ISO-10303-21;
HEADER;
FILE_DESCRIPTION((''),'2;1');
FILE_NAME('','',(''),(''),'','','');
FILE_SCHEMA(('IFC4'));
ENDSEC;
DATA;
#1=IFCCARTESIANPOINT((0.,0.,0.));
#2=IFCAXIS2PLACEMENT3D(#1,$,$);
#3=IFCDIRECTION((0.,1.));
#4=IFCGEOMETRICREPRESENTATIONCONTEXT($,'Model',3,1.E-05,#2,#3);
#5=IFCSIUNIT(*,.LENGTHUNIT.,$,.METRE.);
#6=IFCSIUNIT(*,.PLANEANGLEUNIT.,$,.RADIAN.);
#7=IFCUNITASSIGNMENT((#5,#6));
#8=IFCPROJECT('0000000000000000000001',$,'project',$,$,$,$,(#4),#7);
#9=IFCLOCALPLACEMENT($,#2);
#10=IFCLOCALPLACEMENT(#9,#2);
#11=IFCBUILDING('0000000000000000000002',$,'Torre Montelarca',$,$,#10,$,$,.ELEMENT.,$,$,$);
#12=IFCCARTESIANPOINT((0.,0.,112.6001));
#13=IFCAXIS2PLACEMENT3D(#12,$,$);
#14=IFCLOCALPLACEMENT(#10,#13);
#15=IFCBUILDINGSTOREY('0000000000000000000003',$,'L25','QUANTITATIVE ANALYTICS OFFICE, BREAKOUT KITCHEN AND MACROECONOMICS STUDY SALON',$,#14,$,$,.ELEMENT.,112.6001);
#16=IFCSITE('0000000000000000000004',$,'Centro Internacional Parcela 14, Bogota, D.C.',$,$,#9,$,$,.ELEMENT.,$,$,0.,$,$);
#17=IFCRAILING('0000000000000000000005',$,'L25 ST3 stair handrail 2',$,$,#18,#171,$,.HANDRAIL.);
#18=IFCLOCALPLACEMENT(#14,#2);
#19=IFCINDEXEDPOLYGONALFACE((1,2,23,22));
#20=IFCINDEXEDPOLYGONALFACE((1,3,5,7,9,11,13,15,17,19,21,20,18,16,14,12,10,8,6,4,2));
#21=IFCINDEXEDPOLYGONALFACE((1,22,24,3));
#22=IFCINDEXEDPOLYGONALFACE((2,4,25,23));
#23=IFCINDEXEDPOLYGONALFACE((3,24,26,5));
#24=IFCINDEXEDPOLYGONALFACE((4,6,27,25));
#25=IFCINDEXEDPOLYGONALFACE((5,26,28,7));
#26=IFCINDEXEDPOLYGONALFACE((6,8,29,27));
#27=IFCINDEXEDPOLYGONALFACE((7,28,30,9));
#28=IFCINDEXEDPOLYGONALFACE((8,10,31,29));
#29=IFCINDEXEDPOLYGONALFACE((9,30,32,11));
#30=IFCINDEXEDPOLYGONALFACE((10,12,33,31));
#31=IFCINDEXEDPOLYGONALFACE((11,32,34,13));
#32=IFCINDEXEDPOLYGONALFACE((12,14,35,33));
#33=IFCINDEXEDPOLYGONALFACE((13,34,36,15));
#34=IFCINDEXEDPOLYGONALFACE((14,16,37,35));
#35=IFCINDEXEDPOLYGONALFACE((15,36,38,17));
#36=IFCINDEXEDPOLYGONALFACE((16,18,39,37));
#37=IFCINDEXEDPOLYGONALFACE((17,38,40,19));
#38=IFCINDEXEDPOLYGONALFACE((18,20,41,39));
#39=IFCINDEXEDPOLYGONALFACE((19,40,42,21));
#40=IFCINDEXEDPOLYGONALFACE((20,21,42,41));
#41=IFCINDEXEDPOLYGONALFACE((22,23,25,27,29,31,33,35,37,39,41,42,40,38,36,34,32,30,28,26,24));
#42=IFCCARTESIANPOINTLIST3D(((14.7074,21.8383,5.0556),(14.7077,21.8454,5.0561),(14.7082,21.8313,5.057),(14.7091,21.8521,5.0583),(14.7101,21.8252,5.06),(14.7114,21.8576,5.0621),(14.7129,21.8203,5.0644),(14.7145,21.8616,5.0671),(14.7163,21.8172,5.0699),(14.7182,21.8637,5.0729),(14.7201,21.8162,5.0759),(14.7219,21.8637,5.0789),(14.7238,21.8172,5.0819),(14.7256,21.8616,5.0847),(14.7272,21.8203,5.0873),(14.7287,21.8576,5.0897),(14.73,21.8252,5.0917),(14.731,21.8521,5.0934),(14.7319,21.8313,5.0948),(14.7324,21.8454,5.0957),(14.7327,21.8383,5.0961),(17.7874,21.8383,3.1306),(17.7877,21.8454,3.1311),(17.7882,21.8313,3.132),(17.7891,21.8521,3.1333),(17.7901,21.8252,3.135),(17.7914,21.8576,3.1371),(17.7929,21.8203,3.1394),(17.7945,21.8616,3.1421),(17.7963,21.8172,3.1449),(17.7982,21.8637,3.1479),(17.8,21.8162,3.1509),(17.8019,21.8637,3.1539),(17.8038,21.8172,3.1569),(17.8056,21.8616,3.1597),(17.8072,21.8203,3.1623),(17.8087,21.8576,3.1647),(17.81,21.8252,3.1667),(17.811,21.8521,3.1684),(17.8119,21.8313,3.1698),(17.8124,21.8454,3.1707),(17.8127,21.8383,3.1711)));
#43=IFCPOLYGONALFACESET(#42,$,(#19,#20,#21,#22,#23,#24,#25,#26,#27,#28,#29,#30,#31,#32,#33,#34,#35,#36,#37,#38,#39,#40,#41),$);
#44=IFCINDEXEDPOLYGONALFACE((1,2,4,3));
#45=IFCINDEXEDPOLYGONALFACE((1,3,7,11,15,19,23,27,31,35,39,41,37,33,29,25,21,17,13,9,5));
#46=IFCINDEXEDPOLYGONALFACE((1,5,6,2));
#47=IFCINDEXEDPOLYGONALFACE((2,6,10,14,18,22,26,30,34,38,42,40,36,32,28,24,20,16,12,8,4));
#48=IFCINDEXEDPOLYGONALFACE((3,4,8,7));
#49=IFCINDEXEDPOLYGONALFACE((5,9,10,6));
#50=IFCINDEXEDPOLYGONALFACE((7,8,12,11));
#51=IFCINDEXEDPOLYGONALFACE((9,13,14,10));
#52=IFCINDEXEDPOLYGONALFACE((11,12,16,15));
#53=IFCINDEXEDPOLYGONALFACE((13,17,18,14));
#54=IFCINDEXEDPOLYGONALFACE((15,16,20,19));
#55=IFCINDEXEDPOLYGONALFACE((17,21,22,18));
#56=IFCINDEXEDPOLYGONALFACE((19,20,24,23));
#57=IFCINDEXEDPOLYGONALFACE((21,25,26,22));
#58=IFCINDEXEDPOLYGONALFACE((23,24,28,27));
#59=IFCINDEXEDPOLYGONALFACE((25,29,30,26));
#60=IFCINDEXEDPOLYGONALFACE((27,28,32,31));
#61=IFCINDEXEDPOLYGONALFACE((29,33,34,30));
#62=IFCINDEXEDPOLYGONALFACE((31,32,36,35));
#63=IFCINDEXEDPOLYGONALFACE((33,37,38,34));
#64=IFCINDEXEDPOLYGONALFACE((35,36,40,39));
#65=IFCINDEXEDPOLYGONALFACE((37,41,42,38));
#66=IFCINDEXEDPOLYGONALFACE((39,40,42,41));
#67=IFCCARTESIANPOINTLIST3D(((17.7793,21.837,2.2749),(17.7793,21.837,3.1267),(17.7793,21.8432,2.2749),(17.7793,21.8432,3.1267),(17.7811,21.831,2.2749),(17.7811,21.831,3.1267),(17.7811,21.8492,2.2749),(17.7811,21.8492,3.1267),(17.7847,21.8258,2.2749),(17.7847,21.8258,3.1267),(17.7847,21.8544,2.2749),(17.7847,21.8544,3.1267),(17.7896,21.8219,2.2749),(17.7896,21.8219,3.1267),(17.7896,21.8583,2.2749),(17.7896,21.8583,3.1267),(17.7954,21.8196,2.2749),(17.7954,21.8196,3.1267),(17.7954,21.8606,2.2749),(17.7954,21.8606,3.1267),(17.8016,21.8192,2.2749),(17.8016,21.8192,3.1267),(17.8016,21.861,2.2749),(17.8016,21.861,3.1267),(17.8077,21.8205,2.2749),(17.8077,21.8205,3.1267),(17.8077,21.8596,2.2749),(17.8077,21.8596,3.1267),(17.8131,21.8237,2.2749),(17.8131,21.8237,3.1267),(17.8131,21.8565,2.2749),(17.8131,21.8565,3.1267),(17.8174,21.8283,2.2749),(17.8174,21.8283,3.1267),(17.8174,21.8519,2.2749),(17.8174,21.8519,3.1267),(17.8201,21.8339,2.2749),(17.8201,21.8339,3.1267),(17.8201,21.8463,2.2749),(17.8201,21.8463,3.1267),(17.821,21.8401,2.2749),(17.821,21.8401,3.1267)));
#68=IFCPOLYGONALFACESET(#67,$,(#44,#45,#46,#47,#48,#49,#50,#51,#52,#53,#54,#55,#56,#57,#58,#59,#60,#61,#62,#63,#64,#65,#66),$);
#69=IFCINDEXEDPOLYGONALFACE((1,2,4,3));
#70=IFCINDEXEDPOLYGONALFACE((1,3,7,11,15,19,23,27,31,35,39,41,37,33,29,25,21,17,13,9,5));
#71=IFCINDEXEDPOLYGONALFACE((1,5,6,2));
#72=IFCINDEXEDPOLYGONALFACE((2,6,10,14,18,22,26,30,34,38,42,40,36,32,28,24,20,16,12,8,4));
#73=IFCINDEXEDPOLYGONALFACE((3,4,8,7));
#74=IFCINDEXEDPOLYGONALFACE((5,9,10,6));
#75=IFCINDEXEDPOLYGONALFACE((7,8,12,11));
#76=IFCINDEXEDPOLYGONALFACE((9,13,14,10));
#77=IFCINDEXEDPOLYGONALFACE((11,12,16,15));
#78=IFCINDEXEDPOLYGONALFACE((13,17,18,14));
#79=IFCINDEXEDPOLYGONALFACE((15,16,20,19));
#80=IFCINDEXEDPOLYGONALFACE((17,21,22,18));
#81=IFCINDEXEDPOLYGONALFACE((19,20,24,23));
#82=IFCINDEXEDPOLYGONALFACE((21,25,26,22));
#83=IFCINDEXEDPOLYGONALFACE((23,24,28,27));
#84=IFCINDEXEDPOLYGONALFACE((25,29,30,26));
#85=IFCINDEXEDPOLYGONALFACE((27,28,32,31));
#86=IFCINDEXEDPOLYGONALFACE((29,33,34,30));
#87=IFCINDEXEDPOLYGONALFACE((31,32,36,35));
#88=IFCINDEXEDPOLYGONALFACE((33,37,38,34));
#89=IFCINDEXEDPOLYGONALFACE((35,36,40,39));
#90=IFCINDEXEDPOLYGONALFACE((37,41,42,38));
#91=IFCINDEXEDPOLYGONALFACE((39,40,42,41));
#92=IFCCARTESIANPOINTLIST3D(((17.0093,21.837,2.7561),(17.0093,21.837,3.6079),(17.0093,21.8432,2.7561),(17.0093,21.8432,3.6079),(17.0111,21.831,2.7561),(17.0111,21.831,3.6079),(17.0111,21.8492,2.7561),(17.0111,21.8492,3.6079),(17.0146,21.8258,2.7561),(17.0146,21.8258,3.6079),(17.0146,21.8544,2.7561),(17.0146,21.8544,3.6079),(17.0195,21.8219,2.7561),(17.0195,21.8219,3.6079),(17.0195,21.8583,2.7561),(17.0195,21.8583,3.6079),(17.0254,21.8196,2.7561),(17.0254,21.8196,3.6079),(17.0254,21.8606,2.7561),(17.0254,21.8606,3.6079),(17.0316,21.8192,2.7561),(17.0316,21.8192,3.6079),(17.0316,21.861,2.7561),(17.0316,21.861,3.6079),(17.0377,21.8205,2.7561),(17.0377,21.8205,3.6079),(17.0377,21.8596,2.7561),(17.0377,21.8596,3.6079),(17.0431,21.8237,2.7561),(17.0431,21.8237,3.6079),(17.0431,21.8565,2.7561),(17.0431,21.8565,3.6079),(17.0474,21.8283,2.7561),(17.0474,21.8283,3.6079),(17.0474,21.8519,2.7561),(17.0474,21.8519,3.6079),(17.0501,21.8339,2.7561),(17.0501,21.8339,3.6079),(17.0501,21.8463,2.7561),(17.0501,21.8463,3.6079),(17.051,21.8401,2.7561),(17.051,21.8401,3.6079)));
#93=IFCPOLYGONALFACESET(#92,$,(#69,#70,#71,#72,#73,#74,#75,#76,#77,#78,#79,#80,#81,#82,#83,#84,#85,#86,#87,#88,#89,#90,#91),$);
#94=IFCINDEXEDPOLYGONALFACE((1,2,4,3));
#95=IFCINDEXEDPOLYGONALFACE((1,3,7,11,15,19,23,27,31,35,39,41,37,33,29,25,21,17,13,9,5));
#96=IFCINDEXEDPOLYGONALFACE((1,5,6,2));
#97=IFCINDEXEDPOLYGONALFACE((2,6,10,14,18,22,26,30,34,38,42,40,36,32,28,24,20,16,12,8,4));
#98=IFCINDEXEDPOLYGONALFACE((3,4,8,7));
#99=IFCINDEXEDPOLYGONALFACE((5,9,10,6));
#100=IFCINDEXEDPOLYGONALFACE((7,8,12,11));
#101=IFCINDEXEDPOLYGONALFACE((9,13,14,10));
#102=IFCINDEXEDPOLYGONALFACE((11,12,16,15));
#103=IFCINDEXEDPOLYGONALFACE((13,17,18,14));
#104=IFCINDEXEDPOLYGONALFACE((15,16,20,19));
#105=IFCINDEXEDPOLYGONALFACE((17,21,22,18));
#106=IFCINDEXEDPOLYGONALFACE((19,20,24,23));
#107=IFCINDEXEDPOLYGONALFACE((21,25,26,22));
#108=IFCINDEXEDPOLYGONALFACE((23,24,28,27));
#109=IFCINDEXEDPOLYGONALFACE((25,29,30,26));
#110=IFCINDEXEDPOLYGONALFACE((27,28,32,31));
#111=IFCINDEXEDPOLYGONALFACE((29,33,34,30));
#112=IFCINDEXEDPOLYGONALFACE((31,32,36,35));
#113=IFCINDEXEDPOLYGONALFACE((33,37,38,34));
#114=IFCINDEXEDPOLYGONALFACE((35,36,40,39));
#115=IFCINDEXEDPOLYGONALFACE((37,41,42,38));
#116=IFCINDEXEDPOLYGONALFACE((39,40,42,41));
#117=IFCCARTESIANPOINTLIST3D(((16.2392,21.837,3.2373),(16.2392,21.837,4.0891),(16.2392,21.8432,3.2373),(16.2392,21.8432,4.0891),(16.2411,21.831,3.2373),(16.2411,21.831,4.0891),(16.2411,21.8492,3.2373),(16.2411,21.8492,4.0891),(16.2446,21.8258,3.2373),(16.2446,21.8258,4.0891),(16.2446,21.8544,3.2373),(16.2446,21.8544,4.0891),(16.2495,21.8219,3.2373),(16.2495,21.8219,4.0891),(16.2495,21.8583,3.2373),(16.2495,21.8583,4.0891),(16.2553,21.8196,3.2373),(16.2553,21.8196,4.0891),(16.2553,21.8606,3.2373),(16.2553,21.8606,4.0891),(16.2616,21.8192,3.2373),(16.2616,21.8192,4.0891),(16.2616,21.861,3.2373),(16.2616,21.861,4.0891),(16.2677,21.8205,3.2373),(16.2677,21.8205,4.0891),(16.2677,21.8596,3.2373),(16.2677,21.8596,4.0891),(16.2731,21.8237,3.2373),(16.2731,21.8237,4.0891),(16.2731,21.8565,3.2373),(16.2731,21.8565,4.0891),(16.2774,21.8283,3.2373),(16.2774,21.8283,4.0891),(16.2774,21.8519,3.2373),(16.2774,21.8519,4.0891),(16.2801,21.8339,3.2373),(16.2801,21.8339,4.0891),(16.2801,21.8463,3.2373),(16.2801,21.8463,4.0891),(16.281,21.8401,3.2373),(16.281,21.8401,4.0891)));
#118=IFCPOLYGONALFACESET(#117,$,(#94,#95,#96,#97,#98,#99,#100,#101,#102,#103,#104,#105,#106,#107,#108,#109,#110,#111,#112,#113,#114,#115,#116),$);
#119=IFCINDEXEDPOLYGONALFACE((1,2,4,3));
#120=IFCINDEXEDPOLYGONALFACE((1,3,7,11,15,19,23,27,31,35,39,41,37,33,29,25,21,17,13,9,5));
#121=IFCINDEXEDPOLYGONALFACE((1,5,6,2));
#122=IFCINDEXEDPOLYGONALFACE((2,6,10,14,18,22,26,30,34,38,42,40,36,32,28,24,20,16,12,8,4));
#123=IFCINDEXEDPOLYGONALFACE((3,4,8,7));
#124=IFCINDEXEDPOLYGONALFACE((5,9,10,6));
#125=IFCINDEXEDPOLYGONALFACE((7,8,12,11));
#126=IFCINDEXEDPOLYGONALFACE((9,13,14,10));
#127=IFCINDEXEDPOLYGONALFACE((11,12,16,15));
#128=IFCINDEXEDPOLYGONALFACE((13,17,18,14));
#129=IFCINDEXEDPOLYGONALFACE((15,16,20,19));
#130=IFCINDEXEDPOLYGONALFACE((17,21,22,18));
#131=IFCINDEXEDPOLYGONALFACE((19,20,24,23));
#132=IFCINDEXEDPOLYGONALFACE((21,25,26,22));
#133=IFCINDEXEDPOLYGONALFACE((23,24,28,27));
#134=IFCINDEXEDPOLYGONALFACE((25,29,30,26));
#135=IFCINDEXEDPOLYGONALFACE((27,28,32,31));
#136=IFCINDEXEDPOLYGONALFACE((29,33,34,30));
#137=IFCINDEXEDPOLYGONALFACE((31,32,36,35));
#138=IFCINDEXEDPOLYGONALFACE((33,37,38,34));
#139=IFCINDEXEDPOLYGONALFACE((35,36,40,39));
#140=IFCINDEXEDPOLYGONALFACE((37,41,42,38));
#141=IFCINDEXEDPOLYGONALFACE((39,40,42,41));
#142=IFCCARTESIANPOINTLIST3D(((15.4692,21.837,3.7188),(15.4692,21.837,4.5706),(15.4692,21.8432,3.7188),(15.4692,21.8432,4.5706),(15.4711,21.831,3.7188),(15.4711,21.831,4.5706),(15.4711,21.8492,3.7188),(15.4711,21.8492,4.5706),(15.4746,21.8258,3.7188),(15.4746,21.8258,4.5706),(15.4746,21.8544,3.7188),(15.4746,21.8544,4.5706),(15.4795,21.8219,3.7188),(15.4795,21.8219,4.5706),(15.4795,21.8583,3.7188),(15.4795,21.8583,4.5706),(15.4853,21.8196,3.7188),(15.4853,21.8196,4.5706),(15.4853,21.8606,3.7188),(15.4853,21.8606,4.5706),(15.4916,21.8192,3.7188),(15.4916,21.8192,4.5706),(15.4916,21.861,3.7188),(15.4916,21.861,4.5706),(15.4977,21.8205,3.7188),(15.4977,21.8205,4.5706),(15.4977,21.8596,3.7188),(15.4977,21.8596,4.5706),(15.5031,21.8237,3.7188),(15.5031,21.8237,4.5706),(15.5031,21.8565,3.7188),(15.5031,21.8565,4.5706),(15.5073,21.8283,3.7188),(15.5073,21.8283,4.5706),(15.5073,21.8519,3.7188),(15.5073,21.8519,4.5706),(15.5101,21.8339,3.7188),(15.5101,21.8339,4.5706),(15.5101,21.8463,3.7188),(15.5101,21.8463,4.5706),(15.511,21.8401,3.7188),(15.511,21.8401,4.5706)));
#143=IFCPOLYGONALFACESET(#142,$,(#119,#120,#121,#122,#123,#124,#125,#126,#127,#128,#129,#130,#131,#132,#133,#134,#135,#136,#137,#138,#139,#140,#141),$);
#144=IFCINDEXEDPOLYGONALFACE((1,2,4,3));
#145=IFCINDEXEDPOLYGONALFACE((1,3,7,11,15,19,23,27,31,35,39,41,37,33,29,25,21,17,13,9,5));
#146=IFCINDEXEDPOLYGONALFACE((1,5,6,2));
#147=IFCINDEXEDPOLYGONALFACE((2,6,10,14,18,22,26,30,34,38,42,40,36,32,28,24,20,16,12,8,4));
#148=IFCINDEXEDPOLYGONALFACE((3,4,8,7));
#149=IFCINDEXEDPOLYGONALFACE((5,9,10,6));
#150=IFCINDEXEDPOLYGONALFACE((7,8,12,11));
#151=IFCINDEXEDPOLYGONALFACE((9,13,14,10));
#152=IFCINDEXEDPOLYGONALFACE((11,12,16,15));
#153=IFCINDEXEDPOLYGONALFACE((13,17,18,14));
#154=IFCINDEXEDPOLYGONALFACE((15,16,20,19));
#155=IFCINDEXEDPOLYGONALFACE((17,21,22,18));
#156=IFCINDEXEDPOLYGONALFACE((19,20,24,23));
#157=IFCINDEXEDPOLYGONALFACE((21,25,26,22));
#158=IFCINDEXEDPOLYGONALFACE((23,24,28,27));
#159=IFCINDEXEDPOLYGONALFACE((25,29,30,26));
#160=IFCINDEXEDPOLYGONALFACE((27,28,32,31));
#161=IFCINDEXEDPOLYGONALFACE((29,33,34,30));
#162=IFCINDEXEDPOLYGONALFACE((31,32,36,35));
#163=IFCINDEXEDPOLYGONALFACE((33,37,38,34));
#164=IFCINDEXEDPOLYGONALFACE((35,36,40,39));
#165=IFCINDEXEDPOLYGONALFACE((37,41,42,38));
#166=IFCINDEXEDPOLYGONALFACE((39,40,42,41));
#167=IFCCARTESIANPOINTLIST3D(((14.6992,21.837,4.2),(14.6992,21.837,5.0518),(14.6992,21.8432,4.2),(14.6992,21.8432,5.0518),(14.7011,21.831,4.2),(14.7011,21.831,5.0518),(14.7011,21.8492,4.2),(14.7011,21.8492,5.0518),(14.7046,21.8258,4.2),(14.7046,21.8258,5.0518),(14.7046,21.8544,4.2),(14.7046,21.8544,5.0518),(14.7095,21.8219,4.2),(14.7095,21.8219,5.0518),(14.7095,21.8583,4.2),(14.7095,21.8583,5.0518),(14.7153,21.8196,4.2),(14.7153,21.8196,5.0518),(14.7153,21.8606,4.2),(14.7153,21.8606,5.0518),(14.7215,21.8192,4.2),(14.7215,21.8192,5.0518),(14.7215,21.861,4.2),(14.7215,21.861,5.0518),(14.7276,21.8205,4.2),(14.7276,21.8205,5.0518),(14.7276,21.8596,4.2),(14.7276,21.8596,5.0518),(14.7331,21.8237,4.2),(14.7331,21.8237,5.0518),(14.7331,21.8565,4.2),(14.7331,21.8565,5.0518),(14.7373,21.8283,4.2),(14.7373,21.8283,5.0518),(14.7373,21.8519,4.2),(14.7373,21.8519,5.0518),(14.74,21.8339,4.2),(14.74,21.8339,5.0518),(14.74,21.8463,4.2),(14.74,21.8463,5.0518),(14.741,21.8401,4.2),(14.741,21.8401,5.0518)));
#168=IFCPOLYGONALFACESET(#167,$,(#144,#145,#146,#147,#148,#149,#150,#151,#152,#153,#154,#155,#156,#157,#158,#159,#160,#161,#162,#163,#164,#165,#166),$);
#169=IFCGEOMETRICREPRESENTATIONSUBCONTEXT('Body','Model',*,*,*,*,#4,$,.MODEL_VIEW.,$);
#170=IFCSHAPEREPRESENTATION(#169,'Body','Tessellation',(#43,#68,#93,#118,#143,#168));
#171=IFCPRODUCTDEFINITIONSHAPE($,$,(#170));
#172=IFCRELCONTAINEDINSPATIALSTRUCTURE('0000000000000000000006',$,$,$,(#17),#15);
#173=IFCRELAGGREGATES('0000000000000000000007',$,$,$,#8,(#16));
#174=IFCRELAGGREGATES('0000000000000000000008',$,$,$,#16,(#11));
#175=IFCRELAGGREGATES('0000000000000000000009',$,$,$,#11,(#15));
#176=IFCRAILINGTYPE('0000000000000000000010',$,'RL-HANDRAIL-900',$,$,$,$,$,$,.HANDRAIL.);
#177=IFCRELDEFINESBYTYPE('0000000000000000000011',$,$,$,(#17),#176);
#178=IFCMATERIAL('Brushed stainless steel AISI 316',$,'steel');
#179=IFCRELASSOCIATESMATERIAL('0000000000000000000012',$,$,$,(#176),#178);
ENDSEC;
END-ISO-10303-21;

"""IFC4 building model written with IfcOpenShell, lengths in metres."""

from ifc_helpers import new_model, si_unit, direction, frame, origin, origin_2d, place, context, subcontext, project, spatial, circle, extrude, material, type_object, element, save


model = new_model("IFC4")

# Units and contexts
model_context = context("Model", 3, precision=1e-05, world=origin(), true_north=direction((0.0, 1.0)))
body_context = subcontext(model_context, "Body", "Model", "MODEL_VIEW")
ifc_project = project(units=[si_unit("LENGTHUNIT", "METRE"), si_unit("PLANEANGLEUNIT", "RADIAN")], contexts=[model_context])

# Site, building, storey
site_placement = place(None, origin())
site = spatial("IfcSite", under=ifc_project, at=site_placement, Name="Centro Internacional Parcela 14, Bogota, D.C.", CompositionType="ELEMENT", RefElevation=0.0)
building_placement = place(site_placement, origin())
building = spatial("IfcBuilding", under=site, at=building_placement, Name="Torre Montelarca", CompositionType="ELEMENT")
storey_placement = place(building_placement, frame((0.0, 0.0, 112.6001)))
storey = spatial("IfcBuildingStorey", under=building, at=storey_placement, Name="L25", Description="QUANTITATIVE ANALYTICS OFFICE, BREAKOUT KITCHEN AND MACROECONOMICS STUDY SALON", CompositionType="ELEMENT", Elevation=112.6001)

# Railing
ifc_material_1 = material(Name="Brushed stainless steel AISI 316", Category="steel")
railing_type_1 = type_object("IfcRailingType", Name="RL-HANDRAIL-900", PredefinedType="HANDRAIL", material=ifc_material_1)
railing_1_placement = place(storey_placement, frame((17.8, 21.8401, 2.2749)))
element("IfcRailing", 1, at=railing_1_placement, inside=storey, type_object=railing_type_1, Name="L25 ST3 stair handrail 2", PredefinedType="HANDRAIL", context=body_context, shape_type="SweptSolid", body=[
    extrude(circle(Radius=0.0239, at=origin_2d()), frame((0.0, 0.0, 0.876), z_axis=(-0.847998, 0.0, 0.529999), x_axis=(0.0, -1.0, 0.0)), (0.0, 0.0, 1.0), 3.6321),
    extrude(circle(Radius=0.021, at=origin_2d()), origin(), (0.0, 0.0, 1.0), 0.8518),
    extrude(circle(Radius=0.021, at=origin_2d()), frame((-0.77, 0.0, 0.4812)), (0.0, 0.0, 1.0), 0.8518),
    extrude(circle(Radius=0.021, at=origin_2d()), frame((-1.54, 0.0, 0.9624)), (0.0, 0.0, 1.0), 0.8518),
    extrude(circle(Radius=0.021, at=origin_2d()), frame((-2.3101, 0.0, 1.4438)), (0.0, 0.0, 1.0), 0.8518),
    extrude(circle(Radius=0.021, at=origin_2d()), frame((-3.0801, 0.0, 1.925)), (0.0, 0.0, 1.0), 0.8518),
])

save(model, "model.ifc")
